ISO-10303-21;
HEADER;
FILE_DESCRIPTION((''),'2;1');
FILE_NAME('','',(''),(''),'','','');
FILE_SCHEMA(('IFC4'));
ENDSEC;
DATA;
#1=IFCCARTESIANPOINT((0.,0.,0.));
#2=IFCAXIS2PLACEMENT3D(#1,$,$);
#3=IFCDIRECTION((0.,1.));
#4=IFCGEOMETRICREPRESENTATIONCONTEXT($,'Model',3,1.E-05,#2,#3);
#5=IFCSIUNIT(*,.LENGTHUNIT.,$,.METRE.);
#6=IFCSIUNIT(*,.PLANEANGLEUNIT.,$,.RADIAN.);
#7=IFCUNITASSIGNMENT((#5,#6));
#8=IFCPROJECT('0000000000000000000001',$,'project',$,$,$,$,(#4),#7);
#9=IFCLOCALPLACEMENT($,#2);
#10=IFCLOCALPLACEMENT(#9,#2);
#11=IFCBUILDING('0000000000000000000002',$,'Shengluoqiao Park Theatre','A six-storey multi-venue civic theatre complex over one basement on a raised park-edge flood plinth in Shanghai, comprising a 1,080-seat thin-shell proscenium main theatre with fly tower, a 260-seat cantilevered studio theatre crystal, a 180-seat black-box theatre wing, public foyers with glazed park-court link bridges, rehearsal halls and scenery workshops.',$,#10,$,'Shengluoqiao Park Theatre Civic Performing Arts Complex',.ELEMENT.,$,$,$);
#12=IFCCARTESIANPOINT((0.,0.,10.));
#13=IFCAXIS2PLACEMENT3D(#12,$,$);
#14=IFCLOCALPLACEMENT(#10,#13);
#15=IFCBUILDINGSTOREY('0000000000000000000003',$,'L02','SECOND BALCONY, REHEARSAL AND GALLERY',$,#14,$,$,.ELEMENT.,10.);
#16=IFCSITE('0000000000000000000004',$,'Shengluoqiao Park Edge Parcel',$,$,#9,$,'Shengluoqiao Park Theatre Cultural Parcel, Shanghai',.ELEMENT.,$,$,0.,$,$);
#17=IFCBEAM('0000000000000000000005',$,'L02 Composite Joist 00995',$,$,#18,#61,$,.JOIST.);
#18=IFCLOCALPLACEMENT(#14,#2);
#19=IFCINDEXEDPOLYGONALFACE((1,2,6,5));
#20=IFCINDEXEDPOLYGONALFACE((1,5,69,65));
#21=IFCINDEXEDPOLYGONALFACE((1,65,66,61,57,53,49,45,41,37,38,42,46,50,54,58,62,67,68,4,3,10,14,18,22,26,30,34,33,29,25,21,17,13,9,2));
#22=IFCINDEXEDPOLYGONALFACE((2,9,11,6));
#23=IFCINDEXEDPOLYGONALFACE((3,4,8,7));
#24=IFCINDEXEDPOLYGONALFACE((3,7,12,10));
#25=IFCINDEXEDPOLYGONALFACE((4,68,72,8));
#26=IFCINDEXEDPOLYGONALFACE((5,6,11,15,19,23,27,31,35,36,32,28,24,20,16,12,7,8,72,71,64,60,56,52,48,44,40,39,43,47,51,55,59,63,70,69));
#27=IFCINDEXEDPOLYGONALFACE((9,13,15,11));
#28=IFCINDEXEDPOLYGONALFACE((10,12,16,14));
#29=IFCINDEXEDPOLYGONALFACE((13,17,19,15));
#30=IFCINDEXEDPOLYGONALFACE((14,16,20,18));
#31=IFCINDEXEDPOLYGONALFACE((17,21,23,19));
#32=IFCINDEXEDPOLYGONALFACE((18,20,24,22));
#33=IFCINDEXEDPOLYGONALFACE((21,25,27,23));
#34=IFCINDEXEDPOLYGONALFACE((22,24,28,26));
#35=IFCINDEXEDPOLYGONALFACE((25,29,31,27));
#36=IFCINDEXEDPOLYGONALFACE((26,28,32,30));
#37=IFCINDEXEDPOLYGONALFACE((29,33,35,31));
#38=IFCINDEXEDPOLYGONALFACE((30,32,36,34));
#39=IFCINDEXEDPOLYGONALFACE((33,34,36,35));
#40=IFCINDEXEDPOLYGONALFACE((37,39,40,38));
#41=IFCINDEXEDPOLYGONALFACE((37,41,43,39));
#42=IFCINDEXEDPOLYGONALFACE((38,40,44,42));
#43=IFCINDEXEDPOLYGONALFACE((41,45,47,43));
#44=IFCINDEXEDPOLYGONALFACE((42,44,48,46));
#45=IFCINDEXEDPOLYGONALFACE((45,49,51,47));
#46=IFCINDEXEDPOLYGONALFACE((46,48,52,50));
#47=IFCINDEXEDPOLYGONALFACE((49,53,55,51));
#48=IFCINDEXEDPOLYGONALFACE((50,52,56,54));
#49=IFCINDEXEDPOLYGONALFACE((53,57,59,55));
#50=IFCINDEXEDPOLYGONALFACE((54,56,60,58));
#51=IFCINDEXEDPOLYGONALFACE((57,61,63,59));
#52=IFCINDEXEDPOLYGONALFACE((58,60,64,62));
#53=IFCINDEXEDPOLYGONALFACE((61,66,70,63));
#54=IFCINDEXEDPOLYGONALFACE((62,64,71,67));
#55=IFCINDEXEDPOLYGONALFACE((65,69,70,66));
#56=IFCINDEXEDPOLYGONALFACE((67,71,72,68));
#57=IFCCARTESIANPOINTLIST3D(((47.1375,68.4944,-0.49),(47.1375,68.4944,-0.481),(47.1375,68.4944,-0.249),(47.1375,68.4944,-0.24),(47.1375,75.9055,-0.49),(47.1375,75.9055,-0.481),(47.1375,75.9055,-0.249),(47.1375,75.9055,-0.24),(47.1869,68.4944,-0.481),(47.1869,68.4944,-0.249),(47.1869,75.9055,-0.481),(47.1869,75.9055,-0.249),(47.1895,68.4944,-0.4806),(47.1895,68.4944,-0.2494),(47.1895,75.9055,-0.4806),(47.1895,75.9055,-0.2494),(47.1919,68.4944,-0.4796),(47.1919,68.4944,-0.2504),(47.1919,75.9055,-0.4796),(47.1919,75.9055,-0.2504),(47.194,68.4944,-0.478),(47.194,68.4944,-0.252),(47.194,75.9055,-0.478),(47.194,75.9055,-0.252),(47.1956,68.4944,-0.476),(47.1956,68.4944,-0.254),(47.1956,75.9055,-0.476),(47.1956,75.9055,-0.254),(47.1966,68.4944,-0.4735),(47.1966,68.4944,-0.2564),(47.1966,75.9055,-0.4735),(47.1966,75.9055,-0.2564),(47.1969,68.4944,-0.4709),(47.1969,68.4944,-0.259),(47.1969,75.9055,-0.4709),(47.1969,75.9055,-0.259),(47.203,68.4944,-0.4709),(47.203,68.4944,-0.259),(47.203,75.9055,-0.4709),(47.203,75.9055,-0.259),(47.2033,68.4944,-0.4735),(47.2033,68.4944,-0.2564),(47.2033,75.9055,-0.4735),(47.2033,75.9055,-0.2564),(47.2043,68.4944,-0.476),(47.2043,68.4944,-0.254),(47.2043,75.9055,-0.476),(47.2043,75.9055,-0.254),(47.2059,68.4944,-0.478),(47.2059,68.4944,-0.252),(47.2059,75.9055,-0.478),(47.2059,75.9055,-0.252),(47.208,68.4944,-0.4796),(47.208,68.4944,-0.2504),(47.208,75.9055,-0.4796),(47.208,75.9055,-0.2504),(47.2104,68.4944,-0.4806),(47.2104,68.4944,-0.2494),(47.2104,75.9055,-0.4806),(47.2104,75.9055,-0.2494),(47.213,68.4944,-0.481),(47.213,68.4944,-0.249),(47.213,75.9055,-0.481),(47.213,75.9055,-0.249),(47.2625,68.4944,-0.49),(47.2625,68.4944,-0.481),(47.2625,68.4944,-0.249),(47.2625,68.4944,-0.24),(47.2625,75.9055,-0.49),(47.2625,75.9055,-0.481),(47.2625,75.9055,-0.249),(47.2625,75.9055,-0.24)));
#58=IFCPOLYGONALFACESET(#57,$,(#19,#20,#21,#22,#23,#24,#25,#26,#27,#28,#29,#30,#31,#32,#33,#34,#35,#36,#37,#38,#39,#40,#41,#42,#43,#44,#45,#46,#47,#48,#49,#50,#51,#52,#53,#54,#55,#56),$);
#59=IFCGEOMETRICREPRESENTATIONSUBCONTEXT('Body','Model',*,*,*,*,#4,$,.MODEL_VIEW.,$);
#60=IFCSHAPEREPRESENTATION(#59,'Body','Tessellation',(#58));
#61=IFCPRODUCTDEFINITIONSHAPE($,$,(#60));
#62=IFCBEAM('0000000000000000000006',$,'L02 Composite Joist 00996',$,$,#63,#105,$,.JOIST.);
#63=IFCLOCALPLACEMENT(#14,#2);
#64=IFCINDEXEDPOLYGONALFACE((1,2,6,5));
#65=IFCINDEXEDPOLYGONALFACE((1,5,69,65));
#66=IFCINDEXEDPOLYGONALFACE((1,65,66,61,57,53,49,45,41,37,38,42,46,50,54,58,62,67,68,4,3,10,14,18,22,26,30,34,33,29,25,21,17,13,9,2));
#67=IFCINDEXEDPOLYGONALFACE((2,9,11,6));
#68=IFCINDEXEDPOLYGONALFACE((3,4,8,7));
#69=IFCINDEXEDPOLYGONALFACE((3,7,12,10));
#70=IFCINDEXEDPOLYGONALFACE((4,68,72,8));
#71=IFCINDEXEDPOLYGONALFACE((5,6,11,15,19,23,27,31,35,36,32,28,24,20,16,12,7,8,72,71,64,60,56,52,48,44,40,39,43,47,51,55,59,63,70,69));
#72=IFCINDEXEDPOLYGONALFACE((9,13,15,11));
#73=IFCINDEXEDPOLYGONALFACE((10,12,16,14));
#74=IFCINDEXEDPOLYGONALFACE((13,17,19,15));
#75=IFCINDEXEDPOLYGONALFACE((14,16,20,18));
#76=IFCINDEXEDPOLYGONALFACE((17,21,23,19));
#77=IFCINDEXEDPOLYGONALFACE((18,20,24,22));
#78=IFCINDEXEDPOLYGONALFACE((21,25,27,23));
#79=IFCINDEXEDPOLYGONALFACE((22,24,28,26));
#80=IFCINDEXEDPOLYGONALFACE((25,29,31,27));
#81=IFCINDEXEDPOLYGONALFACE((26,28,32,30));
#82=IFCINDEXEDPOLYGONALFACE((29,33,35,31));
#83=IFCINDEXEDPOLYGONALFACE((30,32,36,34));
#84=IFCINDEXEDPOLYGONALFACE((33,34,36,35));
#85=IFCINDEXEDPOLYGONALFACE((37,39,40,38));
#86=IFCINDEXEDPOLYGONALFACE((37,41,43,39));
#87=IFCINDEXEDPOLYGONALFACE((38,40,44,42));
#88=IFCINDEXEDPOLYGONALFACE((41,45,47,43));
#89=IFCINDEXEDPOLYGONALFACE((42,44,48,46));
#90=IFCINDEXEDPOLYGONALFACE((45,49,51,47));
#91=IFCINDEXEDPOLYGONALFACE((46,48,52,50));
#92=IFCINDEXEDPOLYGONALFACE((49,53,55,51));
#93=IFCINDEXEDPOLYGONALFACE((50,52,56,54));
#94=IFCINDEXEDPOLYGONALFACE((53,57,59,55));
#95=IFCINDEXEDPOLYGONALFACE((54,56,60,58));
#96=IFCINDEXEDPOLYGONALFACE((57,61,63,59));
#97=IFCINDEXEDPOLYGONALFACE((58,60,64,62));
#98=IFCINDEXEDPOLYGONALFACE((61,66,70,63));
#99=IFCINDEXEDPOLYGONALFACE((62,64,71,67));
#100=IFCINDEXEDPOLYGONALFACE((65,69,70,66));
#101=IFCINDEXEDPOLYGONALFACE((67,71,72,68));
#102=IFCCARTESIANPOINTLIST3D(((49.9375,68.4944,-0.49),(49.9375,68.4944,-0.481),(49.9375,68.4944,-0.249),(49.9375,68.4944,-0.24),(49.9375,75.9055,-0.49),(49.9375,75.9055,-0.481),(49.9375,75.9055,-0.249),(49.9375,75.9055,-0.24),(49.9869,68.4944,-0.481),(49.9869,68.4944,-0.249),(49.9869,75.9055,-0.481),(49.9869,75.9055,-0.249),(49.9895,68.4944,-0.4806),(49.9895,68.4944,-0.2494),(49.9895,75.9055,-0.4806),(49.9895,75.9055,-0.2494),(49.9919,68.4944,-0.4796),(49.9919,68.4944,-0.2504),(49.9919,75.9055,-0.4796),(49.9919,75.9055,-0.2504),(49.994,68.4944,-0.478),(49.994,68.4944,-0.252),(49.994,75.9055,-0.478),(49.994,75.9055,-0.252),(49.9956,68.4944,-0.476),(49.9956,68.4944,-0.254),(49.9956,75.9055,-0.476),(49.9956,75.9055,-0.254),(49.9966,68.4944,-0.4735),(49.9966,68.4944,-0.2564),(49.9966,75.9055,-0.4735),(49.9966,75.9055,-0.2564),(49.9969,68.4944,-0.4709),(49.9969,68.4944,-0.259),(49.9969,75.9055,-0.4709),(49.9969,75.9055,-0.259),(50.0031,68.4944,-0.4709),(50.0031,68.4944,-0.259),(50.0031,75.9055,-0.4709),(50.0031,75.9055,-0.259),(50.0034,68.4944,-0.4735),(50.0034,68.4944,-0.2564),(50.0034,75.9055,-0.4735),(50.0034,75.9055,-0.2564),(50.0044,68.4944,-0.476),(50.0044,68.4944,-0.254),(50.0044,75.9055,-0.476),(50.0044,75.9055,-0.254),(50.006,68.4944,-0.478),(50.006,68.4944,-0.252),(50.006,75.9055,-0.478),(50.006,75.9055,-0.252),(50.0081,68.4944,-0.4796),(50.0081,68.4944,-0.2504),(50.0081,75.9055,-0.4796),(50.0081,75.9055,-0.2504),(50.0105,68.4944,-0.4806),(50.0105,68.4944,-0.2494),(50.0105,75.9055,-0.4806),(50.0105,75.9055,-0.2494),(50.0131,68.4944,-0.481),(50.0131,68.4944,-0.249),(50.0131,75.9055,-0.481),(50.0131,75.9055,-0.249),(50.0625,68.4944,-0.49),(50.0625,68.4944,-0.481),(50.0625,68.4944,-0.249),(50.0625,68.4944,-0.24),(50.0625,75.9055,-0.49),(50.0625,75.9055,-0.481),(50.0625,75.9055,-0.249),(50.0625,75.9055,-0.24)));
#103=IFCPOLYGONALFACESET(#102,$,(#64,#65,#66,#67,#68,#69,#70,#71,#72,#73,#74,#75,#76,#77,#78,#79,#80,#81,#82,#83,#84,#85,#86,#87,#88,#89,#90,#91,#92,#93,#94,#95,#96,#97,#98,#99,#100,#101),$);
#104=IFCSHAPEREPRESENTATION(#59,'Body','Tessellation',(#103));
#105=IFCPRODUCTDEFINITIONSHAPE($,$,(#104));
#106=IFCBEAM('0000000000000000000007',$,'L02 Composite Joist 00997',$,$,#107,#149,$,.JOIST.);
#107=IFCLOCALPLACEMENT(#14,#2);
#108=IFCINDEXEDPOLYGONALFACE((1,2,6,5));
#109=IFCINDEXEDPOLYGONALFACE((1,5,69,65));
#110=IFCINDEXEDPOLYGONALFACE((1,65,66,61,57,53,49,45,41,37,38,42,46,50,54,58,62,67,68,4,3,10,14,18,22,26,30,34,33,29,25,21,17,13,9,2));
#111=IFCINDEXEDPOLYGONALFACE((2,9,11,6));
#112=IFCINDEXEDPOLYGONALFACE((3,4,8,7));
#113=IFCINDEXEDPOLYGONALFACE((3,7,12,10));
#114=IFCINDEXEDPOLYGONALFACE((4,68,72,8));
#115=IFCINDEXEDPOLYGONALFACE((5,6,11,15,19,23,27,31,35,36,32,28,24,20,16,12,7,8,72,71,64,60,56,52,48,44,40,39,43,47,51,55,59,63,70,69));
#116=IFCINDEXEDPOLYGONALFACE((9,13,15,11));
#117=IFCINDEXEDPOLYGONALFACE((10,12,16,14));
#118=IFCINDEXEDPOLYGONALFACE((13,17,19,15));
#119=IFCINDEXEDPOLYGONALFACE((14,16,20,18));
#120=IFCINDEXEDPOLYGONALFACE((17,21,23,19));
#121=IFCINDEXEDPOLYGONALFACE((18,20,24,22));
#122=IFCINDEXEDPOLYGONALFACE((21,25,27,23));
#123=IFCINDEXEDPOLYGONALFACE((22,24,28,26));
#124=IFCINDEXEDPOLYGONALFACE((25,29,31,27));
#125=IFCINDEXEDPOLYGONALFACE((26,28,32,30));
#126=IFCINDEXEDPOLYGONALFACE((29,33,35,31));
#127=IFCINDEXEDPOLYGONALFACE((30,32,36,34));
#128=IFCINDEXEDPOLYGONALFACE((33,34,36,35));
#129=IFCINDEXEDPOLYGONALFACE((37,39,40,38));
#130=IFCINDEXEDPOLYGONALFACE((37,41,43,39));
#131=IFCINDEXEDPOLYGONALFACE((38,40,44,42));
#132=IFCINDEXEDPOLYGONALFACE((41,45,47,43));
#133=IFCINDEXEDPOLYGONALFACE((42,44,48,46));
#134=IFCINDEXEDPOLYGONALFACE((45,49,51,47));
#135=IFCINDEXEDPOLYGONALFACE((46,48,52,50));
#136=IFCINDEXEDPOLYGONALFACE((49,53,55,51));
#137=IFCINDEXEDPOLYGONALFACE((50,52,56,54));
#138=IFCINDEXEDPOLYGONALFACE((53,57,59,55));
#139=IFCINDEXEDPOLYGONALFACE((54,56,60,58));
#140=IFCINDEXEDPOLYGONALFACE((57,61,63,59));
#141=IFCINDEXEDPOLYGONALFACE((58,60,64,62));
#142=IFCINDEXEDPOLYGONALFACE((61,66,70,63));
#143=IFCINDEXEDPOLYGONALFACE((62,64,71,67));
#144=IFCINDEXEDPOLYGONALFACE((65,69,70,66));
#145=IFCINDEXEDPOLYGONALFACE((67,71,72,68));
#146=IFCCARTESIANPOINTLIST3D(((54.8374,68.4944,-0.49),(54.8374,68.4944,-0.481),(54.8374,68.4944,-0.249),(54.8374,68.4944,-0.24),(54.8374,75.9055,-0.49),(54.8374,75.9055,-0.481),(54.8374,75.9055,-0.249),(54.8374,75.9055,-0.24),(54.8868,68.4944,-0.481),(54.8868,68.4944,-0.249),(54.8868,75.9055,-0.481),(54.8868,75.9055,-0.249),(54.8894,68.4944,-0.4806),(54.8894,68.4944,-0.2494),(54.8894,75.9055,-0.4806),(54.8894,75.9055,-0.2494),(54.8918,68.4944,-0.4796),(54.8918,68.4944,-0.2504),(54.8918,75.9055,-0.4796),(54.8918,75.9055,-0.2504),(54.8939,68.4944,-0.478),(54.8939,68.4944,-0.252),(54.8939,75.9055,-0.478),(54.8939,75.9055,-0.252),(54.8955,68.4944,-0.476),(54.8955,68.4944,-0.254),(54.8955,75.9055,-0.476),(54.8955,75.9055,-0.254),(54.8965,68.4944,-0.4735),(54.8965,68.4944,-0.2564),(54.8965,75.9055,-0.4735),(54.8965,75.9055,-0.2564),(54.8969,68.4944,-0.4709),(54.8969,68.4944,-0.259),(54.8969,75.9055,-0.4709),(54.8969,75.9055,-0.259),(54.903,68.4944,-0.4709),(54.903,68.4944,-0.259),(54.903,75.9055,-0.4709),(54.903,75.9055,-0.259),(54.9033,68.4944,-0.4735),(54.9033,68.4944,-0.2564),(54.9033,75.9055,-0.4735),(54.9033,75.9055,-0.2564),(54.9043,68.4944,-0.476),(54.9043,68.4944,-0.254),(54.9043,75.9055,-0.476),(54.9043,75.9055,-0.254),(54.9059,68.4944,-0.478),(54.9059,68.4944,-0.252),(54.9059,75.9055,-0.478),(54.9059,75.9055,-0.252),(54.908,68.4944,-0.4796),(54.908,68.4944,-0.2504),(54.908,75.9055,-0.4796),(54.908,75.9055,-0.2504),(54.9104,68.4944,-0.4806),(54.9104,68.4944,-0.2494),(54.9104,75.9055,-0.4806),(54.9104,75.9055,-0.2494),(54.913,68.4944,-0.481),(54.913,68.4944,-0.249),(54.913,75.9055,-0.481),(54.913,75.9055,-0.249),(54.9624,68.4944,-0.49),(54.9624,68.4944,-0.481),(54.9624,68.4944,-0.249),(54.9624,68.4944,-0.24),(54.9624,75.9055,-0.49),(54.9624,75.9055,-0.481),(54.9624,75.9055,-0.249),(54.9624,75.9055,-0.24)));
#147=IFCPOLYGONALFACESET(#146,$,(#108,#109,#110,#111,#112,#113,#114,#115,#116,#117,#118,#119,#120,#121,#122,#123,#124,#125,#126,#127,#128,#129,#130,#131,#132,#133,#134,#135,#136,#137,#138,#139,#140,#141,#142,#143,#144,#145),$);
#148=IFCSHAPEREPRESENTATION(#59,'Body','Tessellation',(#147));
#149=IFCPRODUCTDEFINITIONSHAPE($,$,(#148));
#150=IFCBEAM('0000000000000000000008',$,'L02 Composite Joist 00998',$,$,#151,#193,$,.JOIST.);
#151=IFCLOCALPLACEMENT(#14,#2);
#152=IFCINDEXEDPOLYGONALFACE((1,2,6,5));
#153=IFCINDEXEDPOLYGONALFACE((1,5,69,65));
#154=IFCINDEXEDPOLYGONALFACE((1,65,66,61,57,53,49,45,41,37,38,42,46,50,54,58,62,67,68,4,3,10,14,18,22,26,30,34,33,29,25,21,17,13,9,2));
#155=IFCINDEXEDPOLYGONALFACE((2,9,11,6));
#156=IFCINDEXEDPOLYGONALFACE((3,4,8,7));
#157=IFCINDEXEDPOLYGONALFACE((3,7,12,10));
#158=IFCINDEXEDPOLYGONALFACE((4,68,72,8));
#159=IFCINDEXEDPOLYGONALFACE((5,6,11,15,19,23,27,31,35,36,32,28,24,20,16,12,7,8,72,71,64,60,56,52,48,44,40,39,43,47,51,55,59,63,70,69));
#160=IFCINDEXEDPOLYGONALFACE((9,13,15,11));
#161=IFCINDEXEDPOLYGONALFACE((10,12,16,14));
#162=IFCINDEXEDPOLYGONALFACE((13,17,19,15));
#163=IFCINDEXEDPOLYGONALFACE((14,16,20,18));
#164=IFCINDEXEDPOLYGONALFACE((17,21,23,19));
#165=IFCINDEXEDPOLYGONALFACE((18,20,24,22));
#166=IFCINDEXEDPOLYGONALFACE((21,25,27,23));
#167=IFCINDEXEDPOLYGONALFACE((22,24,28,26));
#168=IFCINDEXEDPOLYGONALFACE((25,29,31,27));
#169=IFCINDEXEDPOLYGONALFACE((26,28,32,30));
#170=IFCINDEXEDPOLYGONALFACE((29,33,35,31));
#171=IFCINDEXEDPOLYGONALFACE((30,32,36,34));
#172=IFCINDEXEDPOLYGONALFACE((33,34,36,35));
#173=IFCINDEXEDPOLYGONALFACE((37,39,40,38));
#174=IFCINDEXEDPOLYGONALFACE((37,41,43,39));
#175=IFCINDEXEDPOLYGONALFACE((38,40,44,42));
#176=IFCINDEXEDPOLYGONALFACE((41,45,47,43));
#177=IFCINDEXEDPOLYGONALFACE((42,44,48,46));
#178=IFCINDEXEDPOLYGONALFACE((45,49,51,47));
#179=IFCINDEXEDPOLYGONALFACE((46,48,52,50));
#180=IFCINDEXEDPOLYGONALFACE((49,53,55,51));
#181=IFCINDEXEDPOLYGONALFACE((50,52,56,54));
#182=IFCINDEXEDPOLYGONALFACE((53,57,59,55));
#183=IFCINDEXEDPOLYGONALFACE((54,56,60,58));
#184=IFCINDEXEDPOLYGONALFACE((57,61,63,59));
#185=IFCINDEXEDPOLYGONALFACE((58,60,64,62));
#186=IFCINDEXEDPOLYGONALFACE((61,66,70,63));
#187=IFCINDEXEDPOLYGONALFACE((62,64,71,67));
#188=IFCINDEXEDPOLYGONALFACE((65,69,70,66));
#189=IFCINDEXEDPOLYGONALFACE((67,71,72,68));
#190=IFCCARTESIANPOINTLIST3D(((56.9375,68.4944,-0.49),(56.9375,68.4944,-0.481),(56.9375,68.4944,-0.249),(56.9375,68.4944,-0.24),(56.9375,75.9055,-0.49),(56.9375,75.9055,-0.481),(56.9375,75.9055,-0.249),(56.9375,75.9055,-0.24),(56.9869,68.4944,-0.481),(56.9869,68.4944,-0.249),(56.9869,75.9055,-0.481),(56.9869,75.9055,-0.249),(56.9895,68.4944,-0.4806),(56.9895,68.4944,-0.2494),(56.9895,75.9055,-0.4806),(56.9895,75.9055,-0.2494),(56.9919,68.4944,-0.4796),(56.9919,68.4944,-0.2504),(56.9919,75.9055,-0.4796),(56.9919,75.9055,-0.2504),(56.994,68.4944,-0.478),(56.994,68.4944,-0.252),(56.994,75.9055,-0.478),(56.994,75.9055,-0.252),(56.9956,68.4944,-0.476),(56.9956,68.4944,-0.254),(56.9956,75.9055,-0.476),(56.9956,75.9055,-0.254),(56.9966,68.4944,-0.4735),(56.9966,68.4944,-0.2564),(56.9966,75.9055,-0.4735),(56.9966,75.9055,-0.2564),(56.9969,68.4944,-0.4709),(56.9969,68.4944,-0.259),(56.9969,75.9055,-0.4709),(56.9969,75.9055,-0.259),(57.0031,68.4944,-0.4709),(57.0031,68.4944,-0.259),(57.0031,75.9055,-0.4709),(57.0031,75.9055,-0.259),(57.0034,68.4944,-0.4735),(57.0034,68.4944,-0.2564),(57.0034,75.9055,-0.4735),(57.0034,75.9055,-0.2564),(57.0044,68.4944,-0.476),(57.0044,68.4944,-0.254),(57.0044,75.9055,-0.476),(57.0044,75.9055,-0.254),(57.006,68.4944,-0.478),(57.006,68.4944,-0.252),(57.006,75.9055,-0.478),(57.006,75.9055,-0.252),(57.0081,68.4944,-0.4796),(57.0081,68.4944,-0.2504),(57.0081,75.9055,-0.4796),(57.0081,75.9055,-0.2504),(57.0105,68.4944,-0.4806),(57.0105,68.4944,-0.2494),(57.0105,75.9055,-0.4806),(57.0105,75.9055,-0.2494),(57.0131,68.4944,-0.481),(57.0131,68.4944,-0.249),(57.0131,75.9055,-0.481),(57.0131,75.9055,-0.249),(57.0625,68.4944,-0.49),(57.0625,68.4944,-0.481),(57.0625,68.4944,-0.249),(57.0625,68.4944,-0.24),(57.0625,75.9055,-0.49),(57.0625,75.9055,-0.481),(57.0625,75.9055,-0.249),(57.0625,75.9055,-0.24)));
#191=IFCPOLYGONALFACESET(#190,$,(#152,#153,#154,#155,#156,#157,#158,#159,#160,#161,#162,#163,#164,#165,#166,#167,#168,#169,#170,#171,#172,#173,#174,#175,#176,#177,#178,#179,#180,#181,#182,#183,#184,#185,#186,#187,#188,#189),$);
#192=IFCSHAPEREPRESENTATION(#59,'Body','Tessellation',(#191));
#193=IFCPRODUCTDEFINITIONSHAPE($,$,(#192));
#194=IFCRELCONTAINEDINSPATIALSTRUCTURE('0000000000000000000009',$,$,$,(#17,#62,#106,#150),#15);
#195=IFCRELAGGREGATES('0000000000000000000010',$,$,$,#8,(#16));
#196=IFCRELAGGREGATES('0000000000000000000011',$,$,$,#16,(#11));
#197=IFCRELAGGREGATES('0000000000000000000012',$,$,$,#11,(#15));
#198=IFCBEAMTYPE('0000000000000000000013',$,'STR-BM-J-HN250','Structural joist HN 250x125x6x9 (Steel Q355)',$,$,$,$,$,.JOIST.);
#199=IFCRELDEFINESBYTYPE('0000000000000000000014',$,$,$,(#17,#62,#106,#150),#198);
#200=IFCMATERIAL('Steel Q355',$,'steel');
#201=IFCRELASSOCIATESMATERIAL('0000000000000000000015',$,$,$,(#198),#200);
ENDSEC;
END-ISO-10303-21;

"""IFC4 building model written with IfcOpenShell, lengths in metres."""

from ifc_helpers import new_model, si_unit, direction, frame, origin, origin_2d, place, context, subcontext, project, spatial, i_section, extrude, material, material_profile, profile_set, type_object, element, save


model = new_model("IFC4")

# Units and contexts
model_context = context("Model", 3, precision=1e-05, world=origin(), true_north=direction((0.0, 1.0)))
body_context = subcontext(model_context, "Body", "Model", "MODEL_VIEW")
ifc_project = project(units=[si_unit("LENGTHUNIT", "METRE"), si_unit("PLANEANGLEUNIT", "RADIAN")], contexts=[model_context])

# Site, building, storey
site_placement = place(None, origin())
site = spatial("IfcSite", under=ifc_project, at=site_placement, Name="Shengluoqiao Park Edge Parcel", LongName="Shengluoqiao Park Theatre Cultural Parcel, Shanghai", CompositionType="ELEMENT", RefElevation=0.0)
building_placement = place(site_placement, origin())
building = spatial("IfcBuilding", under=site, at=building_placement, Name="Shengluoqiao Park Theatre", Description="A six-storey multi-venue civic theatre complex over one basement on a raised park-edge flood plinth in Shanghai, comprising a 1,080-seat thin-shell proscenium main theatre with fly tower, a 260-seat cantilevered studio theatre crystal, a 180-seat black-box theatre wing, public foyers with glazed park-court link bridges, rehearsal halls and scenery workshops.", LongName="Shengluoqiao Park Theatre Civic Performing Arts Complex", CompositionType="ELEMENT")
storey_placement = place(building_placement, frame((0.0, 0.0, 10.0)))
storey = spatial("IfcBuildingStorey", under=building, at=storey_placement, Name="L02", Description="SECOND BALCONY, REHEARSAL AND GALLERY", CompositionType="ELEMENT", Elevation=10.0)

# Beams
ifc_material_1 = material(Name="Steel Q355", Category="steel")
ifc_material_profile_1 = material_profile(ifc_material_1, i_section(OverallWidth=0.125, OverallDepth=0.25, WebThickness=0.0061, FlangeThickness=0.009, FilletRadius=0.01, at=origin_2d()), Name="HN 250x125x6x9")
ifc_profile_set_1 = profile_set([ifc_material_profile_1], Name="Steel Q355")
beam_type_1 = type_object("IfcBeamType", Name="STR-BM-J-HN250", Description="Structural joist HN 250x125x6x9 (Steel Q355)", PredefinedType="JOIST", material=ifc_profile_set_1)
for number, where, z_axis, x_axis, name in (
    (1, (47.2, 68.4944, -0.365), (0.0, 1.0, 0.0), (-1.0, 0.0, 0.0), "L02 Composite Joist 00995"),
    (2, (50.0, 68.4944, -0.365), (0.0, 1.0, 0.0), (-1.0, 0.0, 0.0), "L02 Composite Joist 00996"),
    (3, (54.8999, 68.4944, -0.365), (0.0, 1.0, 0.0), (-1.0, 0.0, 0.0), "L02 Composite Joist 00997"),
    (4, (57.0, 68.4944, -0.365), (0.0, 1.0, 0.0), (-1.0, 0.0, 0.0), "L02 Composite Joist 00998"),
):
    element("IfcBeam", number, at=place(storey_placement, frame(where, z_axis=z_axis, x_axis=x_axis)), inside=storey, type_object=beam_type_1, Name=name, PredefinedType="JOIST", context=body_context, shape_type="SweptSolid", body=[
        extrude(i_section(OverallWidth=0.125, OverallDepth=0.25, WebThickness=0.0061, FlangeThickness=0.009, FilletRadius=0.01, at=origin_2d()), origin(), (0.0, 0.0, 1.0), 7.4111),
    ])

save(model, "model.ifc")
